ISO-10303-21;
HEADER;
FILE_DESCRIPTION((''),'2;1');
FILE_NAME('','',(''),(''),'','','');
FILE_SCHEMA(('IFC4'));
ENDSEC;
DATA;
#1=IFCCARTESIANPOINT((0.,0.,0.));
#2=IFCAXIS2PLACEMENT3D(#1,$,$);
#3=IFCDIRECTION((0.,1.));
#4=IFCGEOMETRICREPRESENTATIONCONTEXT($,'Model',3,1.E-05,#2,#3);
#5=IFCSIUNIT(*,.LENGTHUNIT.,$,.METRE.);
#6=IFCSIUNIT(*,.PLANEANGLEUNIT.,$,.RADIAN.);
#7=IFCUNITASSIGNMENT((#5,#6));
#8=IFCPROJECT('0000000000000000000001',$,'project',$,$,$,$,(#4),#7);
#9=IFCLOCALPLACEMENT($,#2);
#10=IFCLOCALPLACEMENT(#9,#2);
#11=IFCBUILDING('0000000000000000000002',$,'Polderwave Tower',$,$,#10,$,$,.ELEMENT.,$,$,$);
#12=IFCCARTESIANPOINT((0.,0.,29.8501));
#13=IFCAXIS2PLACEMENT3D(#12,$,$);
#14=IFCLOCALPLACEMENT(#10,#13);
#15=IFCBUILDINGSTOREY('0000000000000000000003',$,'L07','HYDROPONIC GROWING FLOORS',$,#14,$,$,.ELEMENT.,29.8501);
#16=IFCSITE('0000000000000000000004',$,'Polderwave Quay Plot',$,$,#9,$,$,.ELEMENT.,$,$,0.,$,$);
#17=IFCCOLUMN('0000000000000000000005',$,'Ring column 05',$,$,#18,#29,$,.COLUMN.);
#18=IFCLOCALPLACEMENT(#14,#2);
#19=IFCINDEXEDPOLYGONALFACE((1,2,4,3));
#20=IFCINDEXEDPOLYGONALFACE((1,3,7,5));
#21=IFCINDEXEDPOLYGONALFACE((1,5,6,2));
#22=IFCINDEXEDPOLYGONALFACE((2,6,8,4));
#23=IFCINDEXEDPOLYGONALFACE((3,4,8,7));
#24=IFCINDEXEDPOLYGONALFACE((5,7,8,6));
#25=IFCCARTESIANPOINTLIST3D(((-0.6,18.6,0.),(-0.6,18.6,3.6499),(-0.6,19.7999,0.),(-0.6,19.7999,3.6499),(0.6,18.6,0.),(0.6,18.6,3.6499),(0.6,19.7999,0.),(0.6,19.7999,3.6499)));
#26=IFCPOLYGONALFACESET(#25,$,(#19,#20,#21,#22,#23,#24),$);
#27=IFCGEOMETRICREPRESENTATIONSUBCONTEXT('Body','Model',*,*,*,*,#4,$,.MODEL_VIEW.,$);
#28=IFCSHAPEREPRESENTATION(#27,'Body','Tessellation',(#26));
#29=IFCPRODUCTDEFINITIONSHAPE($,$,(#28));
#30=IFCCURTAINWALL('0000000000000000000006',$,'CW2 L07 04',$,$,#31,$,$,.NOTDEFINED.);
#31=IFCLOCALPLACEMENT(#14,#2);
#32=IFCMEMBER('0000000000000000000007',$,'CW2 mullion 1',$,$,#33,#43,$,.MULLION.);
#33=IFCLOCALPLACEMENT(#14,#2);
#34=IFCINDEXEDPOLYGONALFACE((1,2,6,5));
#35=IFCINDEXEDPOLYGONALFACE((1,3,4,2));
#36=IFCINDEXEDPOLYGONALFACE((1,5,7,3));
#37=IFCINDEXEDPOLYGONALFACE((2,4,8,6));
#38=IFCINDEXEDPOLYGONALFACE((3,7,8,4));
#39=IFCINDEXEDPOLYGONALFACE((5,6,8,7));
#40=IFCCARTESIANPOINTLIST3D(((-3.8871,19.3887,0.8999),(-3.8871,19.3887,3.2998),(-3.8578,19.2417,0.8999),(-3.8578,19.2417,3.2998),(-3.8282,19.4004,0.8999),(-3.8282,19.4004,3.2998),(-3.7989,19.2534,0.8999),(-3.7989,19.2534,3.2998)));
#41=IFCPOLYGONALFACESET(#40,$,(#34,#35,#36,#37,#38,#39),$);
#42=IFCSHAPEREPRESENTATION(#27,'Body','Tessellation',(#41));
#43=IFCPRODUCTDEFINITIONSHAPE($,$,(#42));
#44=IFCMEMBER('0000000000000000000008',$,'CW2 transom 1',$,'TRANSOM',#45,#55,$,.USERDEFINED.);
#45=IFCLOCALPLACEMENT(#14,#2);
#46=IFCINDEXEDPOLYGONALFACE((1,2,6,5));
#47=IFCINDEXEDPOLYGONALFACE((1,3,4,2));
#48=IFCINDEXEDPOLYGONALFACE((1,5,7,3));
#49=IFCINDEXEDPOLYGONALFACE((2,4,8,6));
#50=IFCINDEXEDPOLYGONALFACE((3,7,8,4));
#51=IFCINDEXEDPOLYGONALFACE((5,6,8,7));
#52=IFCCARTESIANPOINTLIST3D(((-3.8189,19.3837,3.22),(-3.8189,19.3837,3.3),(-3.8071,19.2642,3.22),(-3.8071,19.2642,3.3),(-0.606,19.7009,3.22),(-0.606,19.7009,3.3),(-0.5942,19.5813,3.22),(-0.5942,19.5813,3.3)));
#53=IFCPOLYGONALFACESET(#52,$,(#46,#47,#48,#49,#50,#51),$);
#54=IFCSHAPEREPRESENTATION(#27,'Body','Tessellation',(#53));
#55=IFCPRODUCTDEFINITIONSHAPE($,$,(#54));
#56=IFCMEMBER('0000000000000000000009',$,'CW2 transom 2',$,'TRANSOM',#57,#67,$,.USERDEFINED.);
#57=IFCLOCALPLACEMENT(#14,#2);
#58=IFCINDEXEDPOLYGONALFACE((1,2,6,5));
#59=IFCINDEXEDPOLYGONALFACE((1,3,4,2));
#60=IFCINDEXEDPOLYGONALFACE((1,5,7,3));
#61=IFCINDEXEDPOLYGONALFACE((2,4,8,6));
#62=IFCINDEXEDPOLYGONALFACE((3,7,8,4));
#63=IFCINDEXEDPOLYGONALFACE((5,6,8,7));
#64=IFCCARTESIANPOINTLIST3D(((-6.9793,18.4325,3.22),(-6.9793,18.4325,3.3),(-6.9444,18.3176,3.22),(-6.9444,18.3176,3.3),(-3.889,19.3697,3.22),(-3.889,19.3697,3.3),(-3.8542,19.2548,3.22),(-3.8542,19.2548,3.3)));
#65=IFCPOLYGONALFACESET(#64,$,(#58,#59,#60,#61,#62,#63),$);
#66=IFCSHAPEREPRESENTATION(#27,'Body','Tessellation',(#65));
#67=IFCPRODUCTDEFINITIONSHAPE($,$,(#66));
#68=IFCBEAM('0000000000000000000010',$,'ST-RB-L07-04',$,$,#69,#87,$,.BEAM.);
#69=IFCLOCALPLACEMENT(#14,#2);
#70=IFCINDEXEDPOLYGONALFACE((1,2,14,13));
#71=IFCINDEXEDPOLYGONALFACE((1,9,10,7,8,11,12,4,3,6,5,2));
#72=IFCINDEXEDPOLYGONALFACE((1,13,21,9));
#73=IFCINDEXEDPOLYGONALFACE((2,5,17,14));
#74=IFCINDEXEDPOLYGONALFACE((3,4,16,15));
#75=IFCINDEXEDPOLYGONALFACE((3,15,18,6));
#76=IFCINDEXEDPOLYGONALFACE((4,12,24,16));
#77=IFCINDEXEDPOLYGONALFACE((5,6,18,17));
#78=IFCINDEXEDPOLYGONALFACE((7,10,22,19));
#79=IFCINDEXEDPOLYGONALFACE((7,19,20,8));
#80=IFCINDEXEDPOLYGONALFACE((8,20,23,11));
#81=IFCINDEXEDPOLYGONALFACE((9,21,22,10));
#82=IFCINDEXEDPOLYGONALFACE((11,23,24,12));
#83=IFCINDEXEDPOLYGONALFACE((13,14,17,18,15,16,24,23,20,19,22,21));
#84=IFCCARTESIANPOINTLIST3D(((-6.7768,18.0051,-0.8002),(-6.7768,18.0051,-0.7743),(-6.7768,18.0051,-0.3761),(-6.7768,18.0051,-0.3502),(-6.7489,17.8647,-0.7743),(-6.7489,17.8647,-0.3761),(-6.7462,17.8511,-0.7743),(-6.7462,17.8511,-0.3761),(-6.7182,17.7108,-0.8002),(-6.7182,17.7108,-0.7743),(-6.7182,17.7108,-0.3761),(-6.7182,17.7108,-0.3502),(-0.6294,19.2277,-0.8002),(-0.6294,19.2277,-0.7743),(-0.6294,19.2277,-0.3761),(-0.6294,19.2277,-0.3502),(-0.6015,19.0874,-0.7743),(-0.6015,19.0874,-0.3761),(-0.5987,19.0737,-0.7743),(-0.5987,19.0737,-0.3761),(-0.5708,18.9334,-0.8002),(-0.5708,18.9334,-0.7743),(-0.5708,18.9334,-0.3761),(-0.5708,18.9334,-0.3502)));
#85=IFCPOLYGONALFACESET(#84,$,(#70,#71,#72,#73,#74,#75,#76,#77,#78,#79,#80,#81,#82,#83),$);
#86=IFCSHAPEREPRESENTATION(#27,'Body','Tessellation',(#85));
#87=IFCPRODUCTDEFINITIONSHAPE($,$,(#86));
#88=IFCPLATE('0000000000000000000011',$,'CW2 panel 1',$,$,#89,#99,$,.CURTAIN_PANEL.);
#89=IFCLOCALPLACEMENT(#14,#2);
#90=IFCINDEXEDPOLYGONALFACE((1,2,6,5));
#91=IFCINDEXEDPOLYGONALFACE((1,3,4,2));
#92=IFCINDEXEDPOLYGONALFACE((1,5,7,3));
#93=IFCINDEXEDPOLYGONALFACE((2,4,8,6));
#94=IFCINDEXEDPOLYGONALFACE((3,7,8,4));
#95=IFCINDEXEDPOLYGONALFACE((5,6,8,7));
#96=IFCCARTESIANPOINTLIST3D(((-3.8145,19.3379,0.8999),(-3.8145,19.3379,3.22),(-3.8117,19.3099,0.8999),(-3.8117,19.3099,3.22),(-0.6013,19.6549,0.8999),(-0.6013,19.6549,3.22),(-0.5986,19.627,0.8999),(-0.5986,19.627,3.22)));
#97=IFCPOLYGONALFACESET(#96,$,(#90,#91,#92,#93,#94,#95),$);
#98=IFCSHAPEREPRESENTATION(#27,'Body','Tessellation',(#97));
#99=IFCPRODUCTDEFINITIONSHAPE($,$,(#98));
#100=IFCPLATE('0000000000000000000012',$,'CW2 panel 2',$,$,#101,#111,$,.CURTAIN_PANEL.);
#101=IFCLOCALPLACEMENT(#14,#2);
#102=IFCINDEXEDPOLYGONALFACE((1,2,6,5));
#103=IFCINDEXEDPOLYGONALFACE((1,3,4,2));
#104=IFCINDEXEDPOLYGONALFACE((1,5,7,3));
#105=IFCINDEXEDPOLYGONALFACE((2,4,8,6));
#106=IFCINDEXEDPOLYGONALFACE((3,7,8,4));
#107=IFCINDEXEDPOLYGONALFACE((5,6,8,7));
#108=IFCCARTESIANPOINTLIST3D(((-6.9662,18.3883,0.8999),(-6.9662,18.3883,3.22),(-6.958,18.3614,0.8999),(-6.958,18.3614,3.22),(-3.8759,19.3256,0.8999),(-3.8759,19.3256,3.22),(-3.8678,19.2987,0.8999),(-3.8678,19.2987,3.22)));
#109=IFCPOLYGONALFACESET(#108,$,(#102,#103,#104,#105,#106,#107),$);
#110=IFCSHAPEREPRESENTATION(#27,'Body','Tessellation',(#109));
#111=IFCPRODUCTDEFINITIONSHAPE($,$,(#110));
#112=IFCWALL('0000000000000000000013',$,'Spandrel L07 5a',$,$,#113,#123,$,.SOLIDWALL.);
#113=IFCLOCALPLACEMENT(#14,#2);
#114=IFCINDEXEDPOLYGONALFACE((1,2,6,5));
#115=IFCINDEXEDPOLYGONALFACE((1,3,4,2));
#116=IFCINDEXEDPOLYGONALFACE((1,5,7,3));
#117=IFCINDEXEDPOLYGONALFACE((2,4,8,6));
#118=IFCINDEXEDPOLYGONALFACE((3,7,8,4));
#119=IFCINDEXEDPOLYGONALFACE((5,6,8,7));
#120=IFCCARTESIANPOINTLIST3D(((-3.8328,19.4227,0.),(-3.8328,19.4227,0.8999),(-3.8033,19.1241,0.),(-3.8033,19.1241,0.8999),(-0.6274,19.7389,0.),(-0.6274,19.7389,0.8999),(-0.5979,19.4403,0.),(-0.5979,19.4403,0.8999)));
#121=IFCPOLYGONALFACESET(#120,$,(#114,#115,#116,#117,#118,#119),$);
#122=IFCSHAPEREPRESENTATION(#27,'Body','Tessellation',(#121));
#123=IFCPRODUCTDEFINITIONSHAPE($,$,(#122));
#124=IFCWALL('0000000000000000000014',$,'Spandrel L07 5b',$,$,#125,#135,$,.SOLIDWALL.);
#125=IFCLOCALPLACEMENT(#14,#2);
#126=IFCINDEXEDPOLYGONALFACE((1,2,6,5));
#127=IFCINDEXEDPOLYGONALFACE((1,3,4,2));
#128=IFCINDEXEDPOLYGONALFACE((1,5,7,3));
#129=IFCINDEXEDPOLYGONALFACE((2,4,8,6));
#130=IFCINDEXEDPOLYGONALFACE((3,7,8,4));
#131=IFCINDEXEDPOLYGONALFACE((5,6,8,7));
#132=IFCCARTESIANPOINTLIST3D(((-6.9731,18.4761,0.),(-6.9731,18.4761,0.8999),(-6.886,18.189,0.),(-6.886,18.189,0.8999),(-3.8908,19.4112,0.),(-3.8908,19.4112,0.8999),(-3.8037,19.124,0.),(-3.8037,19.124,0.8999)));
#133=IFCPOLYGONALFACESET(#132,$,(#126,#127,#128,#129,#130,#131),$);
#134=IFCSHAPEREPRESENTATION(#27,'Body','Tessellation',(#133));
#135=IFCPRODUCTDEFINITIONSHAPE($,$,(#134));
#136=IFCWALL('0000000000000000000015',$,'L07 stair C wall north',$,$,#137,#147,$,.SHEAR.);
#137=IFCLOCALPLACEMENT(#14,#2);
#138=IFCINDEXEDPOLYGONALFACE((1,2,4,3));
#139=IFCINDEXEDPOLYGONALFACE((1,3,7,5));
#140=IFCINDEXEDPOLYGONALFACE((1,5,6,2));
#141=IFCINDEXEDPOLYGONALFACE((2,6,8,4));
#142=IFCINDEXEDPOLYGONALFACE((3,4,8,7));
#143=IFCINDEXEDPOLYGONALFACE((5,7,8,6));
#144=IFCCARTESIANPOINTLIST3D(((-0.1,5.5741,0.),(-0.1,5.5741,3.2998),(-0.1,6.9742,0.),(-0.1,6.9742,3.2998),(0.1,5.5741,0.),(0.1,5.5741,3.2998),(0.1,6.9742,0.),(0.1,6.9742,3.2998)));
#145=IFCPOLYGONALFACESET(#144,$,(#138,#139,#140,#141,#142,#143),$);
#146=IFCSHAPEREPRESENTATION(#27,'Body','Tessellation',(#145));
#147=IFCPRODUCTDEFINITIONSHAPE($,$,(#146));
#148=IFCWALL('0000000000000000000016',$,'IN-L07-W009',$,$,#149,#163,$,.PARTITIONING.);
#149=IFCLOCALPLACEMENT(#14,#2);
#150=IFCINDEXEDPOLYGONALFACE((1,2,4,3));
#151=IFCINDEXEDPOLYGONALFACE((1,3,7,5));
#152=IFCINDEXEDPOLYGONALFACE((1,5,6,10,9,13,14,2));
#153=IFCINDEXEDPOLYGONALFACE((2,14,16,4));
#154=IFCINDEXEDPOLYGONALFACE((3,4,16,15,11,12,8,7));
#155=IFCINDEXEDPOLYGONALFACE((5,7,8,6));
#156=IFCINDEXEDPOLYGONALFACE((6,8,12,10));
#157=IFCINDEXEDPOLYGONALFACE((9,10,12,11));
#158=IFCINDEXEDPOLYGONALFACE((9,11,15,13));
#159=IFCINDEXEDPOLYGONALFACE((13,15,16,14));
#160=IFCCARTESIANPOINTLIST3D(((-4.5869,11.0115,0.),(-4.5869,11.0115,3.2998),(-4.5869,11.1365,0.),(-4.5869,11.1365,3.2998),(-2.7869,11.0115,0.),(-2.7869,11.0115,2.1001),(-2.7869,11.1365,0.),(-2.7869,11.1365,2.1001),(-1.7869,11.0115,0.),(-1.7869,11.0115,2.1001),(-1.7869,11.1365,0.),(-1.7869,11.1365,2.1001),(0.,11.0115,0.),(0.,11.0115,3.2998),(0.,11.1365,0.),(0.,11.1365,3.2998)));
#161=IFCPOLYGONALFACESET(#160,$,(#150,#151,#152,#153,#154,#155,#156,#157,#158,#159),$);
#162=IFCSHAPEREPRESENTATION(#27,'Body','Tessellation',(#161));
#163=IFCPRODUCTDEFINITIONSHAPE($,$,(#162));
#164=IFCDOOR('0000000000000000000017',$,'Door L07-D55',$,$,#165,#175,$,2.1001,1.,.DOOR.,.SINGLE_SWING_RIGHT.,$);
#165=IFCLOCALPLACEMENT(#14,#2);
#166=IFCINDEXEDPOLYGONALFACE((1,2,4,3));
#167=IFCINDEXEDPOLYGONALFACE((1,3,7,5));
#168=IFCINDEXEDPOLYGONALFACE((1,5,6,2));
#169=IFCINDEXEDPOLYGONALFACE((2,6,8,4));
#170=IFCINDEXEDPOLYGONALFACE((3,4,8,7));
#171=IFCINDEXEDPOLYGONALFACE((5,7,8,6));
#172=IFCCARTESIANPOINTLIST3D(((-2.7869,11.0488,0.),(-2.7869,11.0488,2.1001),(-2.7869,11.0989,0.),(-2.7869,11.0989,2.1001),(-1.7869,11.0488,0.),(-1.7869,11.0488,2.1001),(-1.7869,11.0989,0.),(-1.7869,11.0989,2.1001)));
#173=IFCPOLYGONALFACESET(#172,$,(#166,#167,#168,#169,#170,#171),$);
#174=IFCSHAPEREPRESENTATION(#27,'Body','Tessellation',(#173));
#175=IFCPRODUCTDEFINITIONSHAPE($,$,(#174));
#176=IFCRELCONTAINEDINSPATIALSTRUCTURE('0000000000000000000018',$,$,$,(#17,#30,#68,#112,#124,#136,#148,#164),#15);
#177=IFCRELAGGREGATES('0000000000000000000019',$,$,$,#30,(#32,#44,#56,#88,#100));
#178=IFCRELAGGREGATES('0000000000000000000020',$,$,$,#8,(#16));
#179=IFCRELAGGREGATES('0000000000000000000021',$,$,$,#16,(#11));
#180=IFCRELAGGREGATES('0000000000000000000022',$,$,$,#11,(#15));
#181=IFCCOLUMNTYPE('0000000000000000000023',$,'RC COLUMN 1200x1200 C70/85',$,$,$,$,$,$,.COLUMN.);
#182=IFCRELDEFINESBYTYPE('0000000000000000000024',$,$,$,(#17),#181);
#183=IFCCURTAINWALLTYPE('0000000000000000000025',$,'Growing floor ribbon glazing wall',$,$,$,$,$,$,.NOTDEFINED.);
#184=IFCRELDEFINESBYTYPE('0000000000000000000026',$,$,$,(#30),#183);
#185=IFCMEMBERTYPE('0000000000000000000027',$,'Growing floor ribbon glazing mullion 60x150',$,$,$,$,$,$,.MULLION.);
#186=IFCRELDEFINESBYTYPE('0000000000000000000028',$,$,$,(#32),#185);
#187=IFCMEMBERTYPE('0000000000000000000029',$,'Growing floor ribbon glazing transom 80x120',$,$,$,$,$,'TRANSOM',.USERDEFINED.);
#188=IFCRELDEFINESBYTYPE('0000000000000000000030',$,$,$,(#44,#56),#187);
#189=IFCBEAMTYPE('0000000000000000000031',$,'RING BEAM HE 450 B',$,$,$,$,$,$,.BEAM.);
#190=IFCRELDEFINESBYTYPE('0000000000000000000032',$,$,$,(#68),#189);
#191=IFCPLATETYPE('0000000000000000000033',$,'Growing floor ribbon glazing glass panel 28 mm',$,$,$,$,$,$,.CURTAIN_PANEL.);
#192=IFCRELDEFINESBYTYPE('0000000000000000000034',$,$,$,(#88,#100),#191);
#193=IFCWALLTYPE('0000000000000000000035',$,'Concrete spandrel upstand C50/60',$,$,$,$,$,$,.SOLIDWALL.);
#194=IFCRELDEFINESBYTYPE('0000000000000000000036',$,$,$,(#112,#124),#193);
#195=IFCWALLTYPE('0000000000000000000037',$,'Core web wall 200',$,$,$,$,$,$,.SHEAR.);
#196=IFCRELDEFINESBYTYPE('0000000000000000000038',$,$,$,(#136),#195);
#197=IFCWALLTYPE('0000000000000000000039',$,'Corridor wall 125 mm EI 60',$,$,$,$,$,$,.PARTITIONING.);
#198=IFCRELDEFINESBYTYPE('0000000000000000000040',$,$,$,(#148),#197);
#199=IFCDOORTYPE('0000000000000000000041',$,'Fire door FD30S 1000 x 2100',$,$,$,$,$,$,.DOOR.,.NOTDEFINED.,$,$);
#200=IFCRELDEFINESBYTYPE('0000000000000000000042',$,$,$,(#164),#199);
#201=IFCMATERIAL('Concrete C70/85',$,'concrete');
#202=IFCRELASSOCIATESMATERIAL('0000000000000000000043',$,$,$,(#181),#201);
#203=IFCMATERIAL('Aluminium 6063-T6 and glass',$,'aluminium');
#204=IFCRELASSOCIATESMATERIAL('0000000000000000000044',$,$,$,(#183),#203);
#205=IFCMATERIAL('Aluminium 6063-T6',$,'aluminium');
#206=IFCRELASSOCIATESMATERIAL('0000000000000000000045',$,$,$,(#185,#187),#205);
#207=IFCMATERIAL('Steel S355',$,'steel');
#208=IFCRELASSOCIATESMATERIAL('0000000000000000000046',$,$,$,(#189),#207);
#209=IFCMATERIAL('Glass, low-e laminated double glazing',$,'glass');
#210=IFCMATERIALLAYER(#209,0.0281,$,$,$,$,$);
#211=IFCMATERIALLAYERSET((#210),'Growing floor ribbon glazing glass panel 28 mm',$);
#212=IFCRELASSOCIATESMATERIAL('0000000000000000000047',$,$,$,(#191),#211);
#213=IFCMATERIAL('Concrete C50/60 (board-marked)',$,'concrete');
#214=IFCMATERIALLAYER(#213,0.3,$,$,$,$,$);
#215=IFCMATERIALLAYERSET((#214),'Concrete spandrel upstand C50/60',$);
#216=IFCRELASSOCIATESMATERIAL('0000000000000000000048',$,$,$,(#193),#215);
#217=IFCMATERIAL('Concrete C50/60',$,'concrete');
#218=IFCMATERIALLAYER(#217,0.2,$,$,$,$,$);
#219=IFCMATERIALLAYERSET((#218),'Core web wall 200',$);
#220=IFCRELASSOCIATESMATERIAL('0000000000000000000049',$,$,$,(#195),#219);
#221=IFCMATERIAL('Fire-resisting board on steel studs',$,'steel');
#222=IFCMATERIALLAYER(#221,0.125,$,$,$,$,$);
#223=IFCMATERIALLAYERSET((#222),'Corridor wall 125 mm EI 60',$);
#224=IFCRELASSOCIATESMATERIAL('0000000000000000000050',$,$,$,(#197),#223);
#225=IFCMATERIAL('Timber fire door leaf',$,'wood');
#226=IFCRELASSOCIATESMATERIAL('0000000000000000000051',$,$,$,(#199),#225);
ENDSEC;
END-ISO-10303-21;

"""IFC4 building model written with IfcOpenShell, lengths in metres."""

from ifc_helpers import new_model, si_unit, direction, frame, frame_2d, origin, origin_2d, place, context, subcontext, project, spatial, rectangle, i_section, extrude, material, layer, layer_set, material_profile, profile_set, type_object, element, fill, aggregate, save


model = new_model("IFC4")

# Units and contexts
model_context = context("Model", 3, precision=1e-05, world=origin(), true_north=direction((0.0, 1.0)))
body_context = subcontext(model_context, "Body", "Model", "MODEL_VIEW")
ifc_project = project(units=[si_unit("LENGTHUNIT", "METRE"), si_unit("PLANEANGLEUNIT", "RADIAN")], contexts=[model_context])

# Site, building, storey
site_placement = place(None, origin())
site = spatial("IfcSite", under=ifc_project, at=site_placement, Name="Polderwave Quay Plot", CompositionType="ELEMENT", RefElevation=0.0)
building_placement = place(site_placement, origin())
building = spatial("IfcBuilding", under=site, at=building_placement, Name="Polderwave Tower", CompositionType="ELEMENT")
storey_placement = place(building_placement, frame((0.0, 0.0, 29.8501)))
storey = spatial("IfcBuildingStorey", under=building, at=storey_placement, Name="L07", Description="HYDROPONIC GROWING FLOORS", CompositionType="ELEMENT", Elevation=29.8501)

# Column
ifc_material_1 = material(Name="Concrete C70/85", Category="concrete")
ifc_material_profile_1 = material_profile(ifc_material_1, rectangle(XDim=1.2, YDim=1.2, at=origin_2d()), Name="RC 1200x1200")
ifc_profile_set_1 = profile_set([ifc_material_profile_1], Name="Concrete C70/85")
column_type = type_object("IfcColumnType", Name="RC COLUMN 1200x1200 C70/85", PredefinedType="COLUMN", material=ifc_profile_set_1)
column_placement = place(storey_placement, frame((0.0, 19.2, 0.0), z_axis=(0.0, 0.0, 1.0), x_axis=(0.0, 1.0, 0.0)))
element("IfcColumn", 1, at=column_placement, inside=storey, type_object=column_type, Name="Ring column 05", PredefinedType="COLUMN", context=body_context, shape_type="SweptSolid", body=[
    extrude(rectangle(XDim=1.2, YDim=1.2, at=origin_2d()), origin(), (0.0, 0.0, 1.0), 3.6499),
])

# Curtain wall, members
ifc_material_2 = material(Name="Aluminium 6063-T6 and glass", Category="aluminium")
curtain_wall_type = type_object("IfcCurtainWallType", Name="Growing floor ribbon glazing wall", PredefinedType="NOTDEFINED", material=ifc_material_2)
curtain_wall_placement = place(storey_placement, origin())
curtain_wall = element("IfcCurtainWall", 2, at=curtain_wall_placement, inside=storey, type_object=curtain_wall_type, Name="CW2 L07 04", PredefinedType="NOTDEFINED")
ifc_material_3 = material(Name="Aluminium 6063-T6", Category="aluminium")
ifc_material_profile_2 = material_profile(ifc_material_3, rectangle(XDim=0.1499, YDim=0.0601, at=origin_2d()), Name="AL 60x150")
ifc_profile_set_2 = profile_set([ifc_material_profile_2], Name="Aluminium 6063-T6")
member_type_1 = type_object("IfcMemberType", Name="Growing floor ribbon glazing mullion 60x150", PredefinedType="MULLION", material=ifc_profile_set_2)
member_1_placement = place(storey_placement, frame((-3.843, 19.321, 0.8999), z_axis=(0.0, 0.0, 1.0), x_axis=(0.195159, -0.980772, 0.0)))
member_1 = element("IfcMember", 3, at=member_1_placement, type_object=member_type_1, Name="CW2 mullion 1", PredefinedType="MULLION", context=body_context, shape_type="SweptSolid", body=[
    extrude(rectangle(XDim=0.1499, YDim=0.0601, at=origin_2d()), origin(), (0.0, 0.0, 1.0), 2.3999),
])
ifc_material_profile_3 = material_profile(ifc_material_3, rectangle(XDim=0.1201, YDim=0.0801, at=origin_2d()), Name="AL 80x120")
ifc_profile_set_3 = profile_set([ifc_material_profile_3], Name="Aluminium 6063-T6")
member_type_2 = type_object("IfcMemberType", Name="Growing floor ribbon glazing transom 80x120", ElementType="TRANSOM", PredefinedType="USERDEFINED", material=ifc_profile_set_3)
member_2_placement = place(storey_placement, frame((-0.6001, 19.6411, 3.26), z_axis=(-0.995164, -0.098231, 0.0), x_axis=(0.098231, -0.995164, 0.0)))
member_2 = element("IfcMember", 4, at=member_2_placement, type_object=member_type_2, Name="CW2 transom 1", ObjectType="TRANSOM", PredefinedType="USERDEFINED", context=body_context, shape_type="SweptSolid", body=[
    extrude(rectangle(XDim=0.1201, YDim=0.0801, at=origin_2d()), origin(), (0.0, 0.0, 1.0), 3.2285),
])
member_3_placement = place(storey_placement, frame((-3.8716, 19.3123, 3.26), z_axis=(-0.956956, -0.290232, 0.0), x_axis=(0.290232, -0.956956, 0.0)))
member_3 = element("IfcMember", 5, at=member_3_placement, type_object=member_type_2, Name="CW2 transom 2", ObjectType="TRANSOM", PredefinedType="USERDEFINED", context=body_context, shape_type="SweptSolid", body=[
    extrude(rectangle(XDim=0.1201, YDim=0.0801, at=origin_2d()), origin(), (0.0, 0.0, 1.0), 3.2292),
])

# Beam
ifc_material_4 = material(Name="Steel S355", Category="steel")
ifc_material_profile_4 = material_profile(ifc_material_4, i_section(OverallWidth=0.3, OverallDepth=0.45, WebThickness=0.0139, FlangeThickness=0.0259, at=origin_2d()), Name="HE 450 B")
ifc_profile_set_4 = profile_set([ifc_material_profile_4], Name="Steel S355")
beam_type = type_object("IfcBeamType", Name="RING BEAM HE 450 B", PredefinedType="BEAM", material=ifc_profile_set_4)
beam_placement = place(storey_placement, frame((-0.6001, 19.0806, -0.5752), z_axis=(-0.98079, -0.195067, 0.0), x_axis=(0.195067, -0.98079, 0.0)))
element("IfcBeam", 6, at=beam_placement, inside=storey, type_object=beam_type, Name="ST-RB-L07-04", PredefinedType="BEAM", context=body_context, shape_type="SweptSolid", body=[
    extrude(i_section(OverallWidth=0.3, OverallDepth=0.45, WebThickness=0.0139, FlangeThickness=0.0259, at=origin_2d()), origin(), (0.0, 0.0, 1.0), 6.2678),
])

# Plates
ifc_material_5 = material(Name="Glass, low-e laminated double glazing", Category="glass")
ifc_layer_1 = layer(ifc_material_5, 0.0281)
ifc_layer_set_1 = layer_set([ifc_layer_1], Name="Growing floor ribbon glazing glass panel 28 mm")
plate_type = type_object("IfcPlateType", Name="Growing floor ribbon glazing glass panel 28 mm", PredefinedType="CURTAIN_PANEL", material=ifc_layer_set_1)
plate_1_placement = place(storey_placement, frame((-2.2065, 19.4824, 0.8999), z_axis=(0.0, 0.0, 1.0), x_axis=(-0.995167, -0.098198, 0.0)))
plate_1 = element("IfcPlate", 7, at=plate_1_placement, type_object=plate_type, Name="CW2 panel 1", PredefinedType="CURTAIN_PANEL", context=body_context, shape_type="SweptSolid", body=[
    extrude(rectangle(XDim=3.2288, YDim=0.0281, at=origin_2d()), origin(), (0.0, 0.0, 1.0), 2.3201),
])
plate_2_placement = place(storey_placement, frame((-5.417, 18.8435, 0.8999), z_axis=(0.0, 0.0, 1.0), x_axis=(-0.956952, -0.290246, 0.0)))
plate_2 = element("IfcPlate", 8, at=plate_2_placement, type_object=plate_type, Name="CW2 panel 2", PredefinedType="CURTAIN_PANEL", context=body_context, shape_type="SweptSolid", body=[
    extrude(rectangle(XDim=3.2292, YDim=0.0281, at=origin_2d()), origin(), (0.0, 0.0, 1.0), 2.3201),
])
aggregate(curtain_wall, [member_1, member_2, member_3, plate_1, plate_2])

# Walls
ifc_material_6 = material(Name="Concrete C50/60 (board-marked)", Category="concrete")
ifc_layer_2 = layer(ifc_material_6, 0.3)
ifc_layer_set_2 = layer_set([ifc_layer_2], Name="Concrete spandrel upstand C50/60")
wall_type_1 = type_object("IfcWallType", Name="Concrete spandrel upstand C50/60", PredefinedType="SOLIDWALL", material=ifc_layer_set_2)
for number, where, z_axis, x_axis, name in (
    (9, (-0.6128, 19.5896, 0.0), (0.0, 0.0, 1.0), (-0.995171, -0.09816, 0.0), "Spandrel L07 5a"),
    (10, (-3.8474, 19.2676, 0.0), (0.0, 0.0, 1.0), (-0.956935, -0.290302, 0.0), "Spandrel L07 5b"),
):
    element("IfcWall", number, at=place(storey_placement, frame(where, z_axis=z_axis, x_axis=x_axis)), inside=storey, type_object=wall_type_1, Name=name, PredefinedType="SOLIDWALL", context=body_context, shape_type="SweptSolid", body=[
        extrude(rectangle(XDim=3.2209, YDim=0.3, at=frame_2d((1.6104, 0.0))), origin(), (0.0, 0.0, 1.0), 0.8999),
    ])
ifc_material_7 = material(Name="Concrete C50/60", Category="concrete")
ifc_layer_3 = layer(ifc_material_7, 0.2)
ifc_layer_set_3 = layer_set([ifc_layer_3], Name="Core web wall 200")
wall_type_2 = type_object("IfcWallType", Name="Core web wall 200", PredefinedType="SHEAR", material=ifc_layer_set_3)
wall_1_placement = place(storey_placement, frame((0.0, 5.574, 0.0), z_axis=(0.0, 0.0, 1.0), x_axis=(0.0, 1.0, 0.0)))
element("IfcWall", 11, at=wall_1_placement, inside=storey, type_object=wall_type_2, Name="L07 stair C wall north", PredefinedType="SHEAR", context=body_context, shape_type="SweptSolid", body=[
    extrude(rectangle(XDim=1.4001, YDim=0.2, at=frame_2d((0.7002, 0.0))), origin(), (0.0, 0.0, 1.0), 3.2998),
])

# Wall, opening, door
ifc_material_8 = material(Name="Fire-resisting board on steel studs", Category="steel")
ifc_layer_4 = layer(ifc_material_8, 0.125)
ifc_layer_set_4 = layer_set([ifc_layer_4], Name="Corridor wall 125 mm EI 60")
wall_type_3 = type_object("IfcWallType", Name="Corridor wall 125 mm EI 60", PredefinedType="PARTITIONING", material=ifc_layer_set_4)
wall_2_placement = place(storey_placement, frame((-4.5869, 11.074, 0.0), z_axis=(0.0, 0.0, 1.0), x_axis=(1.0, 0.0, 0.0)))
wall_2 = element("IfcWall", 12, at=wall_2_placement, inside=storey, type_object=wall_type_3, Name="IN-L07-W009", PredefinedType="PARTITIONING", context=body_context, shape_type="SweptSolid", body=[
    extrude(rectangle(XDim=4.5869, YDim=0.125, at=frame_2d((2.2935, 0.0))), origin(), (0.0, 0.0, 1.0), 3.2998),
])
opening_placement = place(wall_2_placement, frame((1.8, 0.0, 0.0)))
opening = element("IfcOpeningElement", 13, at=opening_placement, cuts=wall_2, PredefinedType="OPENING", context=body_context, shape_type="SweptSolid", body=[
    extrude(rectangle(XDim=1.0, YDim=2.1001, at=frame_2d((0.5, 1.05))), frame((0.0, 0.0725, 0.0), z_axis=(0.0, -1.0, 0.0), x_axis=(1.0, 0.0, 0.0)), (0.0, 0.0, 1.0), 0.145),
])
ifc_material_9 = material(Name="Timber fire door leaf", Category="wood")
door_type = type_object("IfcDoorType", Name="Fire door FD30S 1000 x 2100", OperationType="NOTDEFINED", PredefinedType="DOOR", material=ifc_material_9)
door_placement = place(opening_placement, origin())
door = element("IfcDoor", 14, at=door_placement, inside=storey, type_object=door_type, Name="Door L07-D55", OperationType="SINGLE_SWING_RIGHT", OverallHeight=2.1001, OverallWidth=1.0, PredefinedType="DOOR", context=body_context, shape_type="SweptSolid", body=[
    extrude(rectangle(XDim=1.0, YDim=2.1001, at=frame_2d((0.5, 1.05))), frame((0.0, 0.0249, 0.0), z_axis=(0.0, -1.0, 0.0), x_axis=(1.0, 0.0, 0.0)), (0.0, 0.0, 1.0), 0.05),
])
fill(opening, door)

save(model, "model.ifc")
